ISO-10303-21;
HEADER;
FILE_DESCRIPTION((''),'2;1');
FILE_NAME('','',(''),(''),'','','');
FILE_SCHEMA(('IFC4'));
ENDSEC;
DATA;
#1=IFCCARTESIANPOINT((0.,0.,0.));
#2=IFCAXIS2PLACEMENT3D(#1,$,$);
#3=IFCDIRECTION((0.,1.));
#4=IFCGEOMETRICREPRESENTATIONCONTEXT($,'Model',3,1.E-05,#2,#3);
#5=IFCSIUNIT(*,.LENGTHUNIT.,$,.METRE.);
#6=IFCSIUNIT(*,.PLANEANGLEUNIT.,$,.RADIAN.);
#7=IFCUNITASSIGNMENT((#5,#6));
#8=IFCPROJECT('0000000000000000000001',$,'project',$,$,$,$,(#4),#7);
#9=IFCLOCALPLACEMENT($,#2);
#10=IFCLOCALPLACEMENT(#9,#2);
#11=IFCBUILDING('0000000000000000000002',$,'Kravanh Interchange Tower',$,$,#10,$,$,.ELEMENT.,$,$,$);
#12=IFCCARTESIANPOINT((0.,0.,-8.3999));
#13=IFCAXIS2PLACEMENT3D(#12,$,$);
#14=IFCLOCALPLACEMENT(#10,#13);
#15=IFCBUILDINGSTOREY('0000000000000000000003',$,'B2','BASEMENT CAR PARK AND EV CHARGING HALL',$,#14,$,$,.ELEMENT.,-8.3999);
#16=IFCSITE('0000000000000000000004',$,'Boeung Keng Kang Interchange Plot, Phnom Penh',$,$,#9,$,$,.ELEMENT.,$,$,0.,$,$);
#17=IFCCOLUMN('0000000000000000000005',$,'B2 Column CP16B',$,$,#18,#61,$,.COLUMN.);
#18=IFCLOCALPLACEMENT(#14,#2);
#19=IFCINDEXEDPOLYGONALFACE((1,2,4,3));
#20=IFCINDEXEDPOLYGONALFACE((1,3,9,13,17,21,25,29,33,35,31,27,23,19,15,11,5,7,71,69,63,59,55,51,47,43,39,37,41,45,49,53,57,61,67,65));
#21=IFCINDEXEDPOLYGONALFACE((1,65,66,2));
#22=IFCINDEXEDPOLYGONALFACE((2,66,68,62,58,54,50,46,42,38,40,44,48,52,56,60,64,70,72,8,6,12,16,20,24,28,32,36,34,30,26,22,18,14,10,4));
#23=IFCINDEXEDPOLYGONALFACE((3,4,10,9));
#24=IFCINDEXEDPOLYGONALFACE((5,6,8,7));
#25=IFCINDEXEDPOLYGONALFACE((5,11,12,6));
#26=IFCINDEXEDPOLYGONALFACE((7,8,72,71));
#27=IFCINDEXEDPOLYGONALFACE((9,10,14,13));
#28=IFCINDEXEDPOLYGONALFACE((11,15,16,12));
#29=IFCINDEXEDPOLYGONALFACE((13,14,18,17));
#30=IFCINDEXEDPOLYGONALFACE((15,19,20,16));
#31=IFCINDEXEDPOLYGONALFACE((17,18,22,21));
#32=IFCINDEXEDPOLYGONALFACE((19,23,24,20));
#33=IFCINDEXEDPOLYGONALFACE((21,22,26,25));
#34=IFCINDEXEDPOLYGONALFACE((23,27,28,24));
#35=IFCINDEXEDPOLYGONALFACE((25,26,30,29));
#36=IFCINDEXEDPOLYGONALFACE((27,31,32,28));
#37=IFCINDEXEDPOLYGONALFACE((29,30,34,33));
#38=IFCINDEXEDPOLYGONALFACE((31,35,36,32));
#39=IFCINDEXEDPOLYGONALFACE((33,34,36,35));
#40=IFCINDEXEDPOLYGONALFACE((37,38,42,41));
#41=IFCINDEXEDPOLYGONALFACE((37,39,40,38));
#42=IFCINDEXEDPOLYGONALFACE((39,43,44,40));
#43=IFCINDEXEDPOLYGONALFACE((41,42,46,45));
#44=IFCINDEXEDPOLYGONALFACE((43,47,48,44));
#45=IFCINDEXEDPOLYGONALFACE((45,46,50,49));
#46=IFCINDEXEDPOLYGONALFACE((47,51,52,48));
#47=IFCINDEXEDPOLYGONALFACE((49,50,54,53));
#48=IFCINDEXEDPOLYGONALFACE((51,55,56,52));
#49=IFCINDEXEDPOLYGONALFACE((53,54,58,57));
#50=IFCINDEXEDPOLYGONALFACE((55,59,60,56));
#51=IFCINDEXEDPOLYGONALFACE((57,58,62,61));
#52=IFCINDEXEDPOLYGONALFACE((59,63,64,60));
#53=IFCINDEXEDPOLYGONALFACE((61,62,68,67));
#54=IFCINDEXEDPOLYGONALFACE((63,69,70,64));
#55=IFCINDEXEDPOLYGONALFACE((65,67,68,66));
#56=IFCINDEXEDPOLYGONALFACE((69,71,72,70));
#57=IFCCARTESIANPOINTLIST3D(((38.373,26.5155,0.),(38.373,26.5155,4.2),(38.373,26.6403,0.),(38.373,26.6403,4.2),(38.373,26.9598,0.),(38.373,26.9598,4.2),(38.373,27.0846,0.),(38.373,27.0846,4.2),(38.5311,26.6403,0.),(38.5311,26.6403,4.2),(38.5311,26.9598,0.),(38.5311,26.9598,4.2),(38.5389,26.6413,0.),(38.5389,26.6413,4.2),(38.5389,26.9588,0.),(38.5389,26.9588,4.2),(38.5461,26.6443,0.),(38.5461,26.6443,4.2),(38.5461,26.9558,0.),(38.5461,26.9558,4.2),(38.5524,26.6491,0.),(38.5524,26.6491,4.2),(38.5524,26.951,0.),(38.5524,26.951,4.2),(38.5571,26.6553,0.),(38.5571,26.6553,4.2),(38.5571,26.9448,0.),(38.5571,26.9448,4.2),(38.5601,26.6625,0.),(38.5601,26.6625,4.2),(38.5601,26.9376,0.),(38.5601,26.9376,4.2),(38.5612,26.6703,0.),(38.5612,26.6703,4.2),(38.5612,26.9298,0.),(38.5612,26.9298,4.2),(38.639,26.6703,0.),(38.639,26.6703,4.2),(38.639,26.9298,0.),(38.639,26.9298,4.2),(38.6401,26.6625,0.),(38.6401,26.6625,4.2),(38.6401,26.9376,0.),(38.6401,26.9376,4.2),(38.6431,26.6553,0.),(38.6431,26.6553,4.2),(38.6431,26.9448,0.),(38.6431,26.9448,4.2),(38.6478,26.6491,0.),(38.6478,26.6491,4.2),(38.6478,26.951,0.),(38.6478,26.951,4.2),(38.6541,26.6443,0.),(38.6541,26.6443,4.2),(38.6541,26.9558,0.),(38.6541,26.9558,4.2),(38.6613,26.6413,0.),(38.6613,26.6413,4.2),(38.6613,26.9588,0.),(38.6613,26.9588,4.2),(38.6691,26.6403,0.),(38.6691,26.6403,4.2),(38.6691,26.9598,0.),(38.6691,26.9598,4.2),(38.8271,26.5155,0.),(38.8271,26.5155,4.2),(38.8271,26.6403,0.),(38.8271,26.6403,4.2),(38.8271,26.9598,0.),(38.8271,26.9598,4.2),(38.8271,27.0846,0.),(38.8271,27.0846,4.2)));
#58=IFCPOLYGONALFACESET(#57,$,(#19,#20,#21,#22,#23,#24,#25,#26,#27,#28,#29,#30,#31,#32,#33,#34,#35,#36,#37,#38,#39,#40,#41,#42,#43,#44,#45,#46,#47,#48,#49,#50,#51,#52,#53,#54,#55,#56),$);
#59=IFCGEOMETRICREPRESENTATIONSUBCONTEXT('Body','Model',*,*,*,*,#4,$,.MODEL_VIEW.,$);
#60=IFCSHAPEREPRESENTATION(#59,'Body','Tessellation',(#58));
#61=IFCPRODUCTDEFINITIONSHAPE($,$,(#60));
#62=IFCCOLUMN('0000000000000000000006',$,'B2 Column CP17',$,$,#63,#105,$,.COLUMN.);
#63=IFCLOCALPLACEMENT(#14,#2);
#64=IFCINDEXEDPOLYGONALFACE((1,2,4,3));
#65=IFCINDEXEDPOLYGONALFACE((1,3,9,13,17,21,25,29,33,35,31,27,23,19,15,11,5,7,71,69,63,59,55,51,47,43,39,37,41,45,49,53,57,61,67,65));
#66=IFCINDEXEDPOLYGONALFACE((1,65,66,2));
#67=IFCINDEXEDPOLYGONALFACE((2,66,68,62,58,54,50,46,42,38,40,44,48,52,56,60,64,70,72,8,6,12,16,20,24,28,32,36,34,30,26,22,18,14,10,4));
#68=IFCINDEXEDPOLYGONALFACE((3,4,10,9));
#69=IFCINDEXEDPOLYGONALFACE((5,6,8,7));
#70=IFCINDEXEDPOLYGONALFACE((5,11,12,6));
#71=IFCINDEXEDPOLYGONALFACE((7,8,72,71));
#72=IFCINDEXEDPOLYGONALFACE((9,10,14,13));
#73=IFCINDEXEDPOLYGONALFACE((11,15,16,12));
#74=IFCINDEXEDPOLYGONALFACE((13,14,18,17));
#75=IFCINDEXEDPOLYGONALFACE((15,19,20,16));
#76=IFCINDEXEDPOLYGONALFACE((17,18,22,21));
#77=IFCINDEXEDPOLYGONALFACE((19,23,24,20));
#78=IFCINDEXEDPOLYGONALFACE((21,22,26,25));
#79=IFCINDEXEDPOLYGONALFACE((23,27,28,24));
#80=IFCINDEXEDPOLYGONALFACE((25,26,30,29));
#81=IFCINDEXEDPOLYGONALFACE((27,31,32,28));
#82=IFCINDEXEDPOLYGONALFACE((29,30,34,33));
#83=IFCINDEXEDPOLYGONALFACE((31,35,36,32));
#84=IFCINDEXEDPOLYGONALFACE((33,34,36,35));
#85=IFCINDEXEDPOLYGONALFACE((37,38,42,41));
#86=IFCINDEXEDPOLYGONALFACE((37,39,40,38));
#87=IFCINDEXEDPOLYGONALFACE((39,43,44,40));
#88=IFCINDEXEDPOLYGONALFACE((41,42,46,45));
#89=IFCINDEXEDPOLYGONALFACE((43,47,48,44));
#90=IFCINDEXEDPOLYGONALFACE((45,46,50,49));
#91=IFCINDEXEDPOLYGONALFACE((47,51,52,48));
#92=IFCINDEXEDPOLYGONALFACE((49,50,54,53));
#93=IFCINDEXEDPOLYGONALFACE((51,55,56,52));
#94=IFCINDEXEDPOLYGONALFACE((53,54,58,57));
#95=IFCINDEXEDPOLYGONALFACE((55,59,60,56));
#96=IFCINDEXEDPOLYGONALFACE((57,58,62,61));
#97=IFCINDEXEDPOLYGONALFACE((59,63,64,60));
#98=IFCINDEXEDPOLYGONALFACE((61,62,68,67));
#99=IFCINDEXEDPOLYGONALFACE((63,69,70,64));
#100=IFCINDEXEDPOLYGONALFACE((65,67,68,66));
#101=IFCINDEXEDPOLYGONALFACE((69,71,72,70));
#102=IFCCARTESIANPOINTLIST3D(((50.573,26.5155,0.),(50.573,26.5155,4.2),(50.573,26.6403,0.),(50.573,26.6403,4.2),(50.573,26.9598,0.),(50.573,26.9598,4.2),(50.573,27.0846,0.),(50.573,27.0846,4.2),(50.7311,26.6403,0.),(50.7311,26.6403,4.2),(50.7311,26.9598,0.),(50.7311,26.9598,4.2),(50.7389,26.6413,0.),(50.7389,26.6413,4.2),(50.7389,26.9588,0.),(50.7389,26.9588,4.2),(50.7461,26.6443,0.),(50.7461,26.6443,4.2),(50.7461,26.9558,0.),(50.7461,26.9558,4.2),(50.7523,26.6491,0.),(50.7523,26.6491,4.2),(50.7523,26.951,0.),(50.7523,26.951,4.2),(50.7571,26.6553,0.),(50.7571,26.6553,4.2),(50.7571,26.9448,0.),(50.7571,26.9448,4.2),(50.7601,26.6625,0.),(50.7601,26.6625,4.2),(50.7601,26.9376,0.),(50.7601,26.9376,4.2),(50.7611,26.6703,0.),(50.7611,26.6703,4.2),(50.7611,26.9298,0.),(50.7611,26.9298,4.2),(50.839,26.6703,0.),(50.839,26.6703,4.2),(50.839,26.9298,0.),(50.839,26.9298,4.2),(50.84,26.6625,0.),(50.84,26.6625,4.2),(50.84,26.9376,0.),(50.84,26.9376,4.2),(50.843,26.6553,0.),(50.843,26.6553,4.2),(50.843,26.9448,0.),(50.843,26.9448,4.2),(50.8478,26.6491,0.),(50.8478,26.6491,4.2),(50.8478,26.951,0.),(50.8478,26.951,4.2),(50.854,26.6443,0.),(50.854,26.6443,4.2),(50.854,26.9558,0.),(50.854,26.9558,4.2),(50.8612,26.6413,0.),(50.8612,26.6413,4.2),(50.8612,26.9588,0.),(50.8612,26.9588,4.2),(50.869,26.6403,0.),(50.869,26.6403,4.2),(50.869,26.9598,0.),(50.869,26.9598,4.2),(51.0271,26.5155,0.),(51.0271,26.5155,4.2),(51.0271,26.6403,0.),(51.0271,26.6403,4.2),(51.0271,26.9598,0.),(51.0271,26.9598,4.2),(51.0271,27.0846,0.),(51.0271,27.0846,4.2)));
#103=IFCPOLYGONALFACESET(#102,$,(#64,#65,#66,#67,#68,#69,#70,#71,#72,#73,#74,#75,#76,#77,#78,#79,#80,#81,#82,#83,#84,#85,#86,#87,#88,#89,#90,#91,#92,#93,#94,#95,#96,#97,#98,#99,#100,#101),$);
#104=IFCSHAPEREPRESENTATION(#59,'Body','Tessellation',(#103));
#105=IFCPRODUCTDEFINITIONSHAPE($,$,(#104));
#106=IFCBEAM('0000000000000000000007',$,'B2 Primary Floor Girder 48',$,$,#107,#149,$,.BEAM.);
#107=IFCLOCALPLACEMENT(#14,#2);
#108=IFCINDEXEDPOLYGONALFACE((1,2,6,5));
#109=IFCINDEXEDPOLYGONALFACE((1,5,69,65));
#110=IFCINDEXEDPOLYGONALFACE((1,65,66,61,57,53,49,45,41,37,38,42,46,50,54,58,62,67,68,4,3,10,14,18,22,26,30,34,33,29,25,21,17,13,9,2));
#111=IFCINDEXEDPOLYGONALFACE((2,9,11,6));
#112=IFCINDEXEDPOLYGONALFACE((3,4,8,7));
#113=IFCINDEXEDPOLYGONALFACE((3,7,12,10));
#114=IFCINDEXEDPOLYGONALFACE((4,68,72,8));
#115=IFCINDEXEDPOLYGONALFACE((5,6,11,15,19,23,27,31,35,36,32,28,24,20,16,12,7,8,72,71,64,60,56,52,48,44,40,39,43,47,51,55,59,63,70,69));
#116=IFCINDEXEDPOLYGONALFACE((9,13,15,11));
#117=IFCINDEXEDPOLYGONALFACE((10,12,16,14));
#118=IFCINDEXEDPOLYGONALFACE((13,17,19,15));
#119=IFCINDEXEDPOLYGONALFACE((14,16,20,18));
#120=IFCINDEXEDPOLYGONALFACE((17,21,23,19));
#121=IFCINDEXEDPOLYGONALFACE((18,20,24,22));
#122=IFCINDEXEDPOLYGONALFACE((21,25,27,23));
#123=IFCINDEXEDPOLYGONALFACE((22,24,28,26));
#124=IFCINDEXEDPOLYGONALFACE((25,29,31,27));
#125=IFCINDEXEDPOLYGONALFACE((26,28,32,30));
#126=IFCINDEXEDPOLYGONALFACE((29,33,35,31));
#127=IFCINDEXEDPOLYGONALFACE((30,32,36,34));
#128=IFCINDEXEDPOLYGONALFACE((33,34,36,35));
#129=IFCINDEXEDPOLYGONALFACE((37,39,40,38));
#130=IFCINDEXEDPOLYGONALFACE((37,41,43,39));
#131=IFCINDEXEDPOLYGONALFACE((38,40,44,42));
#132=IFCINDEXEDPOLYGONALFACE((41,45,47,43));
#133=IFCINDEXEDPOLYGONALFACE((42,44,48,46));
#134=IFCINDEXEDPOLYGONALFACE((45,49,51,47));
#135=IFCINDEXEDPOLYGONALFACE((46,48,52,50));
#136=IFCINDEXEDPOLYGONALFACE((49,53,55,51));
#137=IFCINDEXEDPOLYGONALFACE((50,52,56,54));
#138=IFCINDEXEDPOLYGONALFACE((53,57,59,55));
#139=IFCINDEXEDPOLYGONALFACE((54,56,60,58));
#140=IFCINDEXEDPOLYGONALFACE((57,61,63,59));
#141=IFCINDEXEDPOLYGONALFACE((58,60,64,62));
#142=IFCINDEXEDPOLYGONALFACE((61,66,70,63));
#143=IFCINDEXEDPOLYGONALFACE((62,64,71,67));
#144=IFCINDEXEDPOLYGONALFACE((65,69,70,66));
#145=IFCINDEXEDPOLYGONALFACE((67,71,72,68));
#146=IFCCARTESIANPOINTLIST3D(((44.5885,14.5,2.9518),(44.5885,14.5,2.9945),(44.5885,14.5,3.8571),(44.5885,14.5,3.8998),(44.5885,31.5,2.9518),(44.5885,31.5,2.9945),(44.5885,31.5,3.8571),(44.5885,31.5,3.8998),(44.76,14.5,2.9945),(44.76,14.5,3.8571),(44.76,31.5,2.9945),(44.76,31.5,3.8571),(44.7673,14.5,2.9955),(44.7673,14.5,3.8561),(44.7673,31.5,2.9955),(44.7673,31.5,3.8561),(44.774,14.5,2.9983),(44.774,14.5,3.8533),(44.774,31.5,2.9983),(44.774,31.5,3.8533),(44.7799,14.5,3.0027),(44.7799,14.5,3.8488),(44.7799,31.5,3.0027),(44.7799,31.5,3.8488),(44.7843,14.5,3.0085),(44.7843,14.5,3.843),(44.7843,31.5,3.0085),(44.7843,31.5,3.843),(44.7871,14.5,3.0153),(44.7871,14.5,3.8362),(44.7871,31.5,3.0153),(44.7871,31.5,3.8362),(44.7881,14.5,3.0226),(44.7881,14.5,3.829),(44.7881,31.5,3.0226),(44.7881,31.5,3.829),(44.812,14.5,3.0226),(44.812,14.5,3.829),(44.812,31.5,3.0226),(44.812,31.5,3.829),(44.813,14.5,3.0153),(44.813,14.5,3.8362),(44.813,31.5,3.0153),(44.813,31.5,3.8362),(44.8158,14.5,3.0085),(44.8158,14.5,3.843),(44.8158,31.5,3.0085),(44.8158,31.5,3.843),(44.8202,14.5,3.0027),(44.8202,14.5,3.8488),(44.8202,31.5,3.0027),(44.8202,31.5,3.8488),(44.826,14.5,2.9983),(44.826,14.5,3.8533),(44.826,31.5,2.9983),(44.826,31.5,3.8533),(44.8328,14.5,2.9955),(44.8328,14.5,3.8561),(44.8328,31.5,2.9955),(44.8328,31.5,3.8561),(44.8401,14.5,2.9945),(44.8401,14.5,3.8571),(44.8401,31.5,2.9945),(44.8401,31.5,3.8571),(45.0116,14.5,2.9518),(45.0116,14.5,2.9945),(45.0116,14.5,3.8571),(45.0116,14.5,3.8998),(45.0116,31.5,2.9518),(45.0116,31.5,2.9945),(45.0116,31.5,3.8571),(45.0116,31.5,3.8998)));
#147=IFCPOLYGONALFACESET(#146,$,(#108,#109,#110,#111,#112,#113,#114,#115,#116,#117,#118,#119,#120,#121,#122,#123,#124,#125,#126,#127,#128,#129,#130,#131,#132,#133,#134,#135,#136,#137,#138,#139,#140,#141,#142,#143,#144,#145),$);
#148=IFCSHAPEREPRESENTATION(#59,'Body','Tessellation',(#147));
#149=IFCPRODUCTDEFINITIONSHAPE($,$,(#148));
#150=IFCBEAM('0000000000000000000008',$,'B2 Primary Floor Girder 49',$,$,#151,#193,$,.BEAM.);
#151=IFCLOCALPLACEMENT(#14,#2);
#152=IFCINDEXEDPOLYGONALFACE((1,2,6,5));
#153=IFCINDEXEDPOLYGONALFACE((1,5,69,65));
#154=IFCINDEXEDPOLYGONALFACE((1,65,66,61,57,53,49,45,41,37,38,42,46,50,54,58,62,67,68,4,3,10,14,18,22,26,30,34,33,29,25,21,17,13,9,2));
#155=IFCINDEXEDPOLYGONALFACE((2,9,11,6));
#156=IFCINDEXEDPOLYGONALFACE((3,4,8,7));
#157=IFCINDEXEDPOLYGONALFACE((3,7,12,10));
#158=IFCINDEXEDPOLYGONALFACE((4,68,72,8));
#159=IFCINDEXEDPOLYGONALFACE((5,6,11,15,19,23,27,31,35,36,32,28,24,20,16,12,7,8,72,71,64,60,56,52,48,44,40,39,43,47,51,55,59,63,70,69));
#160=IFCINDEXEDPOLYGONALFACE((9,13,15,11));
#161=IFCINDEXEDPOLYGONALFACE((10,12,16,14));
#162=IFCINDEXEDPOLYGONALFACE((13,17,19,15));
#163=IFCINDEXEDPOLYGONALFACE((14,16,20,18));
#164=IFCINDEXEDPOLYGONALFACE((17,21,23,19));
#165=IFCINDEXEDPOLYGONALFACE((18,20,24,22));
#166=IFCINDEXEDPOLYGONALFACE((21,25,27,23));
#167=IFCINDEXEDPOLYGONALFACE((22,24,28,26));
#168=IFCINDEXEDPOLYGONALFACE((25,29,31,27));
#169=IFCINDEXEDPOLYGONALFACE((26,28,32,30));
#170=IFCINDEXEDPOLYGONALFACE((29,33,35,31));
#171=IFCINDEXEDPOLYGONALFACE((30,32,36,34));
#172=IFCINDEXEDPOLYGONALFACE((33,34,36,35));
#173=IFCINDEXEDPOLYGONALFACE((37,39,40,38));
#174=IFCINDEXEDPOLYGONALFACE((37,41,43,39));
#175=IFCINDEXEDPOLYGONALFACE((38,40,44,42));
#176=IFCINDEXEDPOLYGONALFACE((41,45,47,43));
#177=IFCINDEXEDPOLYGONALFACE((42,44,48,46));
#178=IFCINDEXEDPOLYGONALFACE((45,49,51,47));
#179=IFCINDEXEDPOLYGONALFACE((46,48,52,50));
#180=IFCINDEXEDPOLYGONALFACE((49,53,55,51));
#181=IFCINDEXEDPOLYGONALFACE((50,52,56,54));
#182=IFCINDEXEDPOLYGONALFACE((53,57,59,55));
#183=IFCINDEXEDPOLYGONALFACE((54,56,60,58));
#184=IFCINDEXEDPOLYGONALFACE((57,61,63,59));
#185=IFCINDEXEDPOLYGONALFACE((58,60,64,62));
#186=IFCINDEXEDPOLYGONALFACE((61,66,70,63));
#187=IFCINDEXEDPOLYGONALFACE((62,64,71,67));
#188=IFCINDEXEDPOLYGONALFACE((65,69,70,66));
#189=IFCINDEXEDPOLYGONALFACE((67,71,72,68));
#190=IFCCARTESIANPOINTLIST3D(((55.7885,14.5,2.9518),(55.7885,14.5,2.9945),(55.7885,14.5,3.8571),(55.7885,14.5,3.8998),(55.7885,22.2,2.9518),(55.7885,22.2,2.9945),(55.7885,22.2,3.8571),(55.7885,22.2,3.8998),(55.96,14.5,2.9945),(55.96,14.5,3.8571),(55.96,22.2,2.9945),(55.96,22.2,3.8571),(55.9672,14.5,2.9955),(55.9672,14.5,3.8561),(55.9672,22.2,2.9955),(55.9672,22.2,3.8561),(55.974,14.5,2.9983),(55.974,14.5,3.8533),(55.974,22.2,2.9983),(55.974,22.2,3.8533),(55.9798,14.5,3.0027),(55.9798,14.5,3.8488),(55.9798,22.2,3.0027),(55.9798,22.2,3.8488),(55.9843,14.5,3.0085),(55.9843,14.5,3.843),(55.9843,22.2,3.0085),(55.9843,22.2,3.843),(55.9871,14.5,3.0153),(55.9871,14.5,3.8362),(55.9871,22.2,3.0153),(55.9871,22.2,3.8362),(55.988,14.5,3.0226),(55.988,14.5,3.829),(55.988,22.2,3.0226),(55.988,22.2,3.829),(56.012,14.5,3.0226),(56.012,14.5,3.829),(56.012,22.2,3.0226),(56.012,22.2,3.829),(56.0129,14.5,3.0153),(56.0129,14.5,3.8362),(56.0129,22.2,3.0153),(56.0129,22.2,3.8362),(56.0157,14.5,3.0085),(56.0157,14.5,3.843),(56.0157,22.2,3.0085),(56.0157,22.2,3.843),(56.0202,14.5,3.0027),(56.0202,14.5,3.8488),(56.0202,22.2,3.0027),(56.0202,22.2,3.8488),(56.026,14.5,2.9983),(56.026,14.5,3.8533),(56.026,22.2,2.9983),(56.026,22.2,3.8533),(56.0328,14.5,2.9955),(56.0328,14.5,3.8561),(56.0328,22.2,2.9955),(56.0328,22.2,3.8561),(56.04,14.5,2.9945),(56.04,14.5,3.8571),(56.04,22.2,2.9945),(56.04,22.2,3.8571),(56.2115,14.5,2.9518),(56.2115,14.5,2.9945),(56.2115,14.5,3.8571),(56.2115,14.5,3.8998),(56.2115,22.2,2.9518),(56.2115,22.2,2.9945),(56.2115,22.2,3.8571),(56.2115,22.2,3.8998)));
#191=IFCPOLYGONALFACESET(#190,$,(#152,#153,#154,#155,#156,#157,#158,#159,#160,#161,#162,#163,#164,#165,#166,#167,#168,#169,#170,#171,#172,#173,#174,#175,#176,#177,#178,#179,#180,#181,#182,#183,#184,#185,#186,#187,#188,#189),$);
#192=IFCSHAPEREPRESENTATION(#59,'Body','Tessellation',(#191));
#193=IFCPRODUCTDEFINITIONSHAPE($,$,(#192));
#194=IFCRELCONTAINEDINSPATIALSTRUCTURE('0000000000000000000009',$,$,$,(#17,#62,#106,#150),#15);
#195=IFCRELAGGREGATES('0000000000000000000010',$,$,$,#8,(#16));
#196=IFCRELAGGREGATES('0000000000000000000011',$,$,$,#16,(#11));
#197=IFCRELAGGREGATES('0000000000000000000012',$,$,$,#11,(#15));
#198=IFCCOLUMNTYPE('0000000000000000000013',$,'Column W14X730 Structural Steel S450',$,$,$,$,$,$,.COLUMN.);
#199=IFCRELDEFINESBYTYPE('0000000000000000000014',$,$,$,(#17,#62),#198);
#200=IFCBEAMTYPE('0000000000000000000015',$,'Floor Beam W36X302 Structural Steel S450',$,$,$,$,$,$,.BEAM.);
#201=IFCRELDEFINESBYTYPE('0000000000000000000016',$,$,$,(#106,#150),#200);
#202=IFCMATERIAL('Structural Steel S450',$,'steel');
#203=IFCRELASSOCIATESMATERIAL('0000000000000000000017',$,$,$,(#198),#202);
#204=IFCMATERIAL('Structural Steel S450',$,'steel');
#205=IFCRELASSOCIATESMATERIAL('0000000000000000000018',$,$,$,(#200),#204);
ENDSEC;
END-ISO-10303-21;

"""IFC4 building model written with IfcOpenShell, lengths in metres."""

from ifc_helpers import new_model, si_unit, direction, frame, origin, origin_2d, place, context, subcontext, project, spatial, i_section, extrude, material, material_profile, profile_set, type_object, element, save


model = new_model("IFC4")

# Units and contexts
model_context = context("Model", 3, precision=1e-05, world=origin(), true_north=direction((0.0, 1.0)))
body_context = subcontext(model_context, "Body", "Model", "MODEL_VIEW")
ifc_project = project(units=[si_unit("LENGTHUNIT", "METRE"), si_unit("PLANEANGLEUNIT", "RADIAN")], contexts=[model_context])

# Site, building, storey
site_placement = place(None, origin())
site = spatial("IfcSite", under=ifc_project, at=site_placement, Name="Boeung Keng Kang Interchange Plot, Phnom Penh", CompositionType="ELEMENT", RefElevation=0.0)
building_placement = place(site_placement, origin())
building = spatial("IfcBuilding", under=site, at=building_placement, Name="Kravanh Interchange Tower", CompositionType="ELEMENT")
storey_placement = place(building_placement, frame((0.0, 0.0, -8.3999)))
storey = spatial("IfcBuildingStorey", under=building, at=storey_placement, Name="B2", Description="BASEMENT CAR PARK AND EV CHARGING HALL", CompositionType="ELEMENT", Elevation=-8.3999)

# Columns
ifc_material_1 = material(Name="Structural Steel S450", Category="steel")
ifc_material_profile_1 = material_profile(ifc_material_1, i_section(OverallWidth=0.4541, OverallDepth=0.5691, WebThickness=0.0779, FlangeThickness=0.1248, FilletRadius=0.03, at=origin_2d()), Name="W14X730")
ifc_profile_set_1 = profile_set([ifc_material_profile_1], Name="Structural Steel S450")
column_type = type_object("IfcColumnType", Name="Column W14X730 Structural Steel S450", PredefinedType="COLUMN", material=ifc_profile_set_1)
for number, where, z_axis, x_axis, name in (
    (1, (38.6001, 26.8, 0.0), (0.0, 0.0, 1.0), (1.0, 0.0, 0.0), "B2 Column CP16B"),
    (2, (50.8, 26.8, 0.0), (0.0, 0.0, 1.0), (1.0, 0.0, 0.0), "B2 Column CP17"),
):
    element("IfcColumn", number, at=place(storey_placement, frame(where, z_axis=z_axis, x_axis=x_axis)), inside=storey, type_object=column_type, Name=name, PredefinedType="COLUMN", context=body_context, shape_type="SweptSolid", body=[
        extrude(i_section(OverallWidth=0.4541, OverallDepth=0.5691, WebThickness=0.0779, FlangeThickness=0.1248, FilletRadius=0.03, at=origin_2d()), origin(), (0.0, 0.0, 1.0), 4.2),
    ])

# Beams
ifc_material_2 = material(Name="Structural Steel S450", Category="steel")
ifc_material_profile_2 = material_profile(ifc_material_2, i_section(OverallWidth=0.4231, OverallDepth=0.948, WebThickness=0.0239, FlangeThickness=0.0427, FilletRadius=0.0281, at=origin_2d()), Name="W36X302")
ifc_profile_set_2 = profile_set([ifc_material_profile_2], Name="Structural Steel S450")
beam_type_1 = type_object("IfcBeamType", Name="Floor Beam W36X302 Structural Steel S450", PredefinedType="BEAM", material=ifc_profile_set_2)
beam_1_placement = place(storey_placement, frame((44.8, 14.5, 3.4258), z_axis=(0.0, 1.0, 0.0), x_axis=(-1.0, 0.0, 0.0)))
element("IfcBeam", 3, at=beam_1_placement, inside=storey, type_object=beam_type_1, Name="B2 Primary Floor Girder 48", PredefinedType="BEAM", context=body_context, shape_type="SweptSolid", body=[
    extrude(i_section(OverallWidth=0.4231, OverallDepth=0.948, WebThickness=0.0239, FlangeThickness=0.0427, FilletRadius=0.0281, at=origin_2d()), origin(), (0.0, 0.0, 1.0), 17.0),
])
beam_2_placement = place(storey_placement, frame((56.0, 14.5, 3.4258), z_axis=(0.0, 1.0, 0.0), x_axis=(-1.0, 0.0, 0.0)))
element("IfcBeam", 4, at=beam_2_placement, inside=storey, type_object=beam_type_1, Name="B2 Primary Floor Girder 49", PredefinedType="BEAM", context=body_context, shape_type="SweptSolid", body=[
    extrude(i_section(OverallWidth=0.4231, OverallDepth=0.948, WebThickness=0.0239, FlangeThickness=0.0427, FilletRadius=0.0281, at=origin_2d()), origin(), (0.0, 0.0, 1.0), 7.7),
])

save(model, "model.ifc")
